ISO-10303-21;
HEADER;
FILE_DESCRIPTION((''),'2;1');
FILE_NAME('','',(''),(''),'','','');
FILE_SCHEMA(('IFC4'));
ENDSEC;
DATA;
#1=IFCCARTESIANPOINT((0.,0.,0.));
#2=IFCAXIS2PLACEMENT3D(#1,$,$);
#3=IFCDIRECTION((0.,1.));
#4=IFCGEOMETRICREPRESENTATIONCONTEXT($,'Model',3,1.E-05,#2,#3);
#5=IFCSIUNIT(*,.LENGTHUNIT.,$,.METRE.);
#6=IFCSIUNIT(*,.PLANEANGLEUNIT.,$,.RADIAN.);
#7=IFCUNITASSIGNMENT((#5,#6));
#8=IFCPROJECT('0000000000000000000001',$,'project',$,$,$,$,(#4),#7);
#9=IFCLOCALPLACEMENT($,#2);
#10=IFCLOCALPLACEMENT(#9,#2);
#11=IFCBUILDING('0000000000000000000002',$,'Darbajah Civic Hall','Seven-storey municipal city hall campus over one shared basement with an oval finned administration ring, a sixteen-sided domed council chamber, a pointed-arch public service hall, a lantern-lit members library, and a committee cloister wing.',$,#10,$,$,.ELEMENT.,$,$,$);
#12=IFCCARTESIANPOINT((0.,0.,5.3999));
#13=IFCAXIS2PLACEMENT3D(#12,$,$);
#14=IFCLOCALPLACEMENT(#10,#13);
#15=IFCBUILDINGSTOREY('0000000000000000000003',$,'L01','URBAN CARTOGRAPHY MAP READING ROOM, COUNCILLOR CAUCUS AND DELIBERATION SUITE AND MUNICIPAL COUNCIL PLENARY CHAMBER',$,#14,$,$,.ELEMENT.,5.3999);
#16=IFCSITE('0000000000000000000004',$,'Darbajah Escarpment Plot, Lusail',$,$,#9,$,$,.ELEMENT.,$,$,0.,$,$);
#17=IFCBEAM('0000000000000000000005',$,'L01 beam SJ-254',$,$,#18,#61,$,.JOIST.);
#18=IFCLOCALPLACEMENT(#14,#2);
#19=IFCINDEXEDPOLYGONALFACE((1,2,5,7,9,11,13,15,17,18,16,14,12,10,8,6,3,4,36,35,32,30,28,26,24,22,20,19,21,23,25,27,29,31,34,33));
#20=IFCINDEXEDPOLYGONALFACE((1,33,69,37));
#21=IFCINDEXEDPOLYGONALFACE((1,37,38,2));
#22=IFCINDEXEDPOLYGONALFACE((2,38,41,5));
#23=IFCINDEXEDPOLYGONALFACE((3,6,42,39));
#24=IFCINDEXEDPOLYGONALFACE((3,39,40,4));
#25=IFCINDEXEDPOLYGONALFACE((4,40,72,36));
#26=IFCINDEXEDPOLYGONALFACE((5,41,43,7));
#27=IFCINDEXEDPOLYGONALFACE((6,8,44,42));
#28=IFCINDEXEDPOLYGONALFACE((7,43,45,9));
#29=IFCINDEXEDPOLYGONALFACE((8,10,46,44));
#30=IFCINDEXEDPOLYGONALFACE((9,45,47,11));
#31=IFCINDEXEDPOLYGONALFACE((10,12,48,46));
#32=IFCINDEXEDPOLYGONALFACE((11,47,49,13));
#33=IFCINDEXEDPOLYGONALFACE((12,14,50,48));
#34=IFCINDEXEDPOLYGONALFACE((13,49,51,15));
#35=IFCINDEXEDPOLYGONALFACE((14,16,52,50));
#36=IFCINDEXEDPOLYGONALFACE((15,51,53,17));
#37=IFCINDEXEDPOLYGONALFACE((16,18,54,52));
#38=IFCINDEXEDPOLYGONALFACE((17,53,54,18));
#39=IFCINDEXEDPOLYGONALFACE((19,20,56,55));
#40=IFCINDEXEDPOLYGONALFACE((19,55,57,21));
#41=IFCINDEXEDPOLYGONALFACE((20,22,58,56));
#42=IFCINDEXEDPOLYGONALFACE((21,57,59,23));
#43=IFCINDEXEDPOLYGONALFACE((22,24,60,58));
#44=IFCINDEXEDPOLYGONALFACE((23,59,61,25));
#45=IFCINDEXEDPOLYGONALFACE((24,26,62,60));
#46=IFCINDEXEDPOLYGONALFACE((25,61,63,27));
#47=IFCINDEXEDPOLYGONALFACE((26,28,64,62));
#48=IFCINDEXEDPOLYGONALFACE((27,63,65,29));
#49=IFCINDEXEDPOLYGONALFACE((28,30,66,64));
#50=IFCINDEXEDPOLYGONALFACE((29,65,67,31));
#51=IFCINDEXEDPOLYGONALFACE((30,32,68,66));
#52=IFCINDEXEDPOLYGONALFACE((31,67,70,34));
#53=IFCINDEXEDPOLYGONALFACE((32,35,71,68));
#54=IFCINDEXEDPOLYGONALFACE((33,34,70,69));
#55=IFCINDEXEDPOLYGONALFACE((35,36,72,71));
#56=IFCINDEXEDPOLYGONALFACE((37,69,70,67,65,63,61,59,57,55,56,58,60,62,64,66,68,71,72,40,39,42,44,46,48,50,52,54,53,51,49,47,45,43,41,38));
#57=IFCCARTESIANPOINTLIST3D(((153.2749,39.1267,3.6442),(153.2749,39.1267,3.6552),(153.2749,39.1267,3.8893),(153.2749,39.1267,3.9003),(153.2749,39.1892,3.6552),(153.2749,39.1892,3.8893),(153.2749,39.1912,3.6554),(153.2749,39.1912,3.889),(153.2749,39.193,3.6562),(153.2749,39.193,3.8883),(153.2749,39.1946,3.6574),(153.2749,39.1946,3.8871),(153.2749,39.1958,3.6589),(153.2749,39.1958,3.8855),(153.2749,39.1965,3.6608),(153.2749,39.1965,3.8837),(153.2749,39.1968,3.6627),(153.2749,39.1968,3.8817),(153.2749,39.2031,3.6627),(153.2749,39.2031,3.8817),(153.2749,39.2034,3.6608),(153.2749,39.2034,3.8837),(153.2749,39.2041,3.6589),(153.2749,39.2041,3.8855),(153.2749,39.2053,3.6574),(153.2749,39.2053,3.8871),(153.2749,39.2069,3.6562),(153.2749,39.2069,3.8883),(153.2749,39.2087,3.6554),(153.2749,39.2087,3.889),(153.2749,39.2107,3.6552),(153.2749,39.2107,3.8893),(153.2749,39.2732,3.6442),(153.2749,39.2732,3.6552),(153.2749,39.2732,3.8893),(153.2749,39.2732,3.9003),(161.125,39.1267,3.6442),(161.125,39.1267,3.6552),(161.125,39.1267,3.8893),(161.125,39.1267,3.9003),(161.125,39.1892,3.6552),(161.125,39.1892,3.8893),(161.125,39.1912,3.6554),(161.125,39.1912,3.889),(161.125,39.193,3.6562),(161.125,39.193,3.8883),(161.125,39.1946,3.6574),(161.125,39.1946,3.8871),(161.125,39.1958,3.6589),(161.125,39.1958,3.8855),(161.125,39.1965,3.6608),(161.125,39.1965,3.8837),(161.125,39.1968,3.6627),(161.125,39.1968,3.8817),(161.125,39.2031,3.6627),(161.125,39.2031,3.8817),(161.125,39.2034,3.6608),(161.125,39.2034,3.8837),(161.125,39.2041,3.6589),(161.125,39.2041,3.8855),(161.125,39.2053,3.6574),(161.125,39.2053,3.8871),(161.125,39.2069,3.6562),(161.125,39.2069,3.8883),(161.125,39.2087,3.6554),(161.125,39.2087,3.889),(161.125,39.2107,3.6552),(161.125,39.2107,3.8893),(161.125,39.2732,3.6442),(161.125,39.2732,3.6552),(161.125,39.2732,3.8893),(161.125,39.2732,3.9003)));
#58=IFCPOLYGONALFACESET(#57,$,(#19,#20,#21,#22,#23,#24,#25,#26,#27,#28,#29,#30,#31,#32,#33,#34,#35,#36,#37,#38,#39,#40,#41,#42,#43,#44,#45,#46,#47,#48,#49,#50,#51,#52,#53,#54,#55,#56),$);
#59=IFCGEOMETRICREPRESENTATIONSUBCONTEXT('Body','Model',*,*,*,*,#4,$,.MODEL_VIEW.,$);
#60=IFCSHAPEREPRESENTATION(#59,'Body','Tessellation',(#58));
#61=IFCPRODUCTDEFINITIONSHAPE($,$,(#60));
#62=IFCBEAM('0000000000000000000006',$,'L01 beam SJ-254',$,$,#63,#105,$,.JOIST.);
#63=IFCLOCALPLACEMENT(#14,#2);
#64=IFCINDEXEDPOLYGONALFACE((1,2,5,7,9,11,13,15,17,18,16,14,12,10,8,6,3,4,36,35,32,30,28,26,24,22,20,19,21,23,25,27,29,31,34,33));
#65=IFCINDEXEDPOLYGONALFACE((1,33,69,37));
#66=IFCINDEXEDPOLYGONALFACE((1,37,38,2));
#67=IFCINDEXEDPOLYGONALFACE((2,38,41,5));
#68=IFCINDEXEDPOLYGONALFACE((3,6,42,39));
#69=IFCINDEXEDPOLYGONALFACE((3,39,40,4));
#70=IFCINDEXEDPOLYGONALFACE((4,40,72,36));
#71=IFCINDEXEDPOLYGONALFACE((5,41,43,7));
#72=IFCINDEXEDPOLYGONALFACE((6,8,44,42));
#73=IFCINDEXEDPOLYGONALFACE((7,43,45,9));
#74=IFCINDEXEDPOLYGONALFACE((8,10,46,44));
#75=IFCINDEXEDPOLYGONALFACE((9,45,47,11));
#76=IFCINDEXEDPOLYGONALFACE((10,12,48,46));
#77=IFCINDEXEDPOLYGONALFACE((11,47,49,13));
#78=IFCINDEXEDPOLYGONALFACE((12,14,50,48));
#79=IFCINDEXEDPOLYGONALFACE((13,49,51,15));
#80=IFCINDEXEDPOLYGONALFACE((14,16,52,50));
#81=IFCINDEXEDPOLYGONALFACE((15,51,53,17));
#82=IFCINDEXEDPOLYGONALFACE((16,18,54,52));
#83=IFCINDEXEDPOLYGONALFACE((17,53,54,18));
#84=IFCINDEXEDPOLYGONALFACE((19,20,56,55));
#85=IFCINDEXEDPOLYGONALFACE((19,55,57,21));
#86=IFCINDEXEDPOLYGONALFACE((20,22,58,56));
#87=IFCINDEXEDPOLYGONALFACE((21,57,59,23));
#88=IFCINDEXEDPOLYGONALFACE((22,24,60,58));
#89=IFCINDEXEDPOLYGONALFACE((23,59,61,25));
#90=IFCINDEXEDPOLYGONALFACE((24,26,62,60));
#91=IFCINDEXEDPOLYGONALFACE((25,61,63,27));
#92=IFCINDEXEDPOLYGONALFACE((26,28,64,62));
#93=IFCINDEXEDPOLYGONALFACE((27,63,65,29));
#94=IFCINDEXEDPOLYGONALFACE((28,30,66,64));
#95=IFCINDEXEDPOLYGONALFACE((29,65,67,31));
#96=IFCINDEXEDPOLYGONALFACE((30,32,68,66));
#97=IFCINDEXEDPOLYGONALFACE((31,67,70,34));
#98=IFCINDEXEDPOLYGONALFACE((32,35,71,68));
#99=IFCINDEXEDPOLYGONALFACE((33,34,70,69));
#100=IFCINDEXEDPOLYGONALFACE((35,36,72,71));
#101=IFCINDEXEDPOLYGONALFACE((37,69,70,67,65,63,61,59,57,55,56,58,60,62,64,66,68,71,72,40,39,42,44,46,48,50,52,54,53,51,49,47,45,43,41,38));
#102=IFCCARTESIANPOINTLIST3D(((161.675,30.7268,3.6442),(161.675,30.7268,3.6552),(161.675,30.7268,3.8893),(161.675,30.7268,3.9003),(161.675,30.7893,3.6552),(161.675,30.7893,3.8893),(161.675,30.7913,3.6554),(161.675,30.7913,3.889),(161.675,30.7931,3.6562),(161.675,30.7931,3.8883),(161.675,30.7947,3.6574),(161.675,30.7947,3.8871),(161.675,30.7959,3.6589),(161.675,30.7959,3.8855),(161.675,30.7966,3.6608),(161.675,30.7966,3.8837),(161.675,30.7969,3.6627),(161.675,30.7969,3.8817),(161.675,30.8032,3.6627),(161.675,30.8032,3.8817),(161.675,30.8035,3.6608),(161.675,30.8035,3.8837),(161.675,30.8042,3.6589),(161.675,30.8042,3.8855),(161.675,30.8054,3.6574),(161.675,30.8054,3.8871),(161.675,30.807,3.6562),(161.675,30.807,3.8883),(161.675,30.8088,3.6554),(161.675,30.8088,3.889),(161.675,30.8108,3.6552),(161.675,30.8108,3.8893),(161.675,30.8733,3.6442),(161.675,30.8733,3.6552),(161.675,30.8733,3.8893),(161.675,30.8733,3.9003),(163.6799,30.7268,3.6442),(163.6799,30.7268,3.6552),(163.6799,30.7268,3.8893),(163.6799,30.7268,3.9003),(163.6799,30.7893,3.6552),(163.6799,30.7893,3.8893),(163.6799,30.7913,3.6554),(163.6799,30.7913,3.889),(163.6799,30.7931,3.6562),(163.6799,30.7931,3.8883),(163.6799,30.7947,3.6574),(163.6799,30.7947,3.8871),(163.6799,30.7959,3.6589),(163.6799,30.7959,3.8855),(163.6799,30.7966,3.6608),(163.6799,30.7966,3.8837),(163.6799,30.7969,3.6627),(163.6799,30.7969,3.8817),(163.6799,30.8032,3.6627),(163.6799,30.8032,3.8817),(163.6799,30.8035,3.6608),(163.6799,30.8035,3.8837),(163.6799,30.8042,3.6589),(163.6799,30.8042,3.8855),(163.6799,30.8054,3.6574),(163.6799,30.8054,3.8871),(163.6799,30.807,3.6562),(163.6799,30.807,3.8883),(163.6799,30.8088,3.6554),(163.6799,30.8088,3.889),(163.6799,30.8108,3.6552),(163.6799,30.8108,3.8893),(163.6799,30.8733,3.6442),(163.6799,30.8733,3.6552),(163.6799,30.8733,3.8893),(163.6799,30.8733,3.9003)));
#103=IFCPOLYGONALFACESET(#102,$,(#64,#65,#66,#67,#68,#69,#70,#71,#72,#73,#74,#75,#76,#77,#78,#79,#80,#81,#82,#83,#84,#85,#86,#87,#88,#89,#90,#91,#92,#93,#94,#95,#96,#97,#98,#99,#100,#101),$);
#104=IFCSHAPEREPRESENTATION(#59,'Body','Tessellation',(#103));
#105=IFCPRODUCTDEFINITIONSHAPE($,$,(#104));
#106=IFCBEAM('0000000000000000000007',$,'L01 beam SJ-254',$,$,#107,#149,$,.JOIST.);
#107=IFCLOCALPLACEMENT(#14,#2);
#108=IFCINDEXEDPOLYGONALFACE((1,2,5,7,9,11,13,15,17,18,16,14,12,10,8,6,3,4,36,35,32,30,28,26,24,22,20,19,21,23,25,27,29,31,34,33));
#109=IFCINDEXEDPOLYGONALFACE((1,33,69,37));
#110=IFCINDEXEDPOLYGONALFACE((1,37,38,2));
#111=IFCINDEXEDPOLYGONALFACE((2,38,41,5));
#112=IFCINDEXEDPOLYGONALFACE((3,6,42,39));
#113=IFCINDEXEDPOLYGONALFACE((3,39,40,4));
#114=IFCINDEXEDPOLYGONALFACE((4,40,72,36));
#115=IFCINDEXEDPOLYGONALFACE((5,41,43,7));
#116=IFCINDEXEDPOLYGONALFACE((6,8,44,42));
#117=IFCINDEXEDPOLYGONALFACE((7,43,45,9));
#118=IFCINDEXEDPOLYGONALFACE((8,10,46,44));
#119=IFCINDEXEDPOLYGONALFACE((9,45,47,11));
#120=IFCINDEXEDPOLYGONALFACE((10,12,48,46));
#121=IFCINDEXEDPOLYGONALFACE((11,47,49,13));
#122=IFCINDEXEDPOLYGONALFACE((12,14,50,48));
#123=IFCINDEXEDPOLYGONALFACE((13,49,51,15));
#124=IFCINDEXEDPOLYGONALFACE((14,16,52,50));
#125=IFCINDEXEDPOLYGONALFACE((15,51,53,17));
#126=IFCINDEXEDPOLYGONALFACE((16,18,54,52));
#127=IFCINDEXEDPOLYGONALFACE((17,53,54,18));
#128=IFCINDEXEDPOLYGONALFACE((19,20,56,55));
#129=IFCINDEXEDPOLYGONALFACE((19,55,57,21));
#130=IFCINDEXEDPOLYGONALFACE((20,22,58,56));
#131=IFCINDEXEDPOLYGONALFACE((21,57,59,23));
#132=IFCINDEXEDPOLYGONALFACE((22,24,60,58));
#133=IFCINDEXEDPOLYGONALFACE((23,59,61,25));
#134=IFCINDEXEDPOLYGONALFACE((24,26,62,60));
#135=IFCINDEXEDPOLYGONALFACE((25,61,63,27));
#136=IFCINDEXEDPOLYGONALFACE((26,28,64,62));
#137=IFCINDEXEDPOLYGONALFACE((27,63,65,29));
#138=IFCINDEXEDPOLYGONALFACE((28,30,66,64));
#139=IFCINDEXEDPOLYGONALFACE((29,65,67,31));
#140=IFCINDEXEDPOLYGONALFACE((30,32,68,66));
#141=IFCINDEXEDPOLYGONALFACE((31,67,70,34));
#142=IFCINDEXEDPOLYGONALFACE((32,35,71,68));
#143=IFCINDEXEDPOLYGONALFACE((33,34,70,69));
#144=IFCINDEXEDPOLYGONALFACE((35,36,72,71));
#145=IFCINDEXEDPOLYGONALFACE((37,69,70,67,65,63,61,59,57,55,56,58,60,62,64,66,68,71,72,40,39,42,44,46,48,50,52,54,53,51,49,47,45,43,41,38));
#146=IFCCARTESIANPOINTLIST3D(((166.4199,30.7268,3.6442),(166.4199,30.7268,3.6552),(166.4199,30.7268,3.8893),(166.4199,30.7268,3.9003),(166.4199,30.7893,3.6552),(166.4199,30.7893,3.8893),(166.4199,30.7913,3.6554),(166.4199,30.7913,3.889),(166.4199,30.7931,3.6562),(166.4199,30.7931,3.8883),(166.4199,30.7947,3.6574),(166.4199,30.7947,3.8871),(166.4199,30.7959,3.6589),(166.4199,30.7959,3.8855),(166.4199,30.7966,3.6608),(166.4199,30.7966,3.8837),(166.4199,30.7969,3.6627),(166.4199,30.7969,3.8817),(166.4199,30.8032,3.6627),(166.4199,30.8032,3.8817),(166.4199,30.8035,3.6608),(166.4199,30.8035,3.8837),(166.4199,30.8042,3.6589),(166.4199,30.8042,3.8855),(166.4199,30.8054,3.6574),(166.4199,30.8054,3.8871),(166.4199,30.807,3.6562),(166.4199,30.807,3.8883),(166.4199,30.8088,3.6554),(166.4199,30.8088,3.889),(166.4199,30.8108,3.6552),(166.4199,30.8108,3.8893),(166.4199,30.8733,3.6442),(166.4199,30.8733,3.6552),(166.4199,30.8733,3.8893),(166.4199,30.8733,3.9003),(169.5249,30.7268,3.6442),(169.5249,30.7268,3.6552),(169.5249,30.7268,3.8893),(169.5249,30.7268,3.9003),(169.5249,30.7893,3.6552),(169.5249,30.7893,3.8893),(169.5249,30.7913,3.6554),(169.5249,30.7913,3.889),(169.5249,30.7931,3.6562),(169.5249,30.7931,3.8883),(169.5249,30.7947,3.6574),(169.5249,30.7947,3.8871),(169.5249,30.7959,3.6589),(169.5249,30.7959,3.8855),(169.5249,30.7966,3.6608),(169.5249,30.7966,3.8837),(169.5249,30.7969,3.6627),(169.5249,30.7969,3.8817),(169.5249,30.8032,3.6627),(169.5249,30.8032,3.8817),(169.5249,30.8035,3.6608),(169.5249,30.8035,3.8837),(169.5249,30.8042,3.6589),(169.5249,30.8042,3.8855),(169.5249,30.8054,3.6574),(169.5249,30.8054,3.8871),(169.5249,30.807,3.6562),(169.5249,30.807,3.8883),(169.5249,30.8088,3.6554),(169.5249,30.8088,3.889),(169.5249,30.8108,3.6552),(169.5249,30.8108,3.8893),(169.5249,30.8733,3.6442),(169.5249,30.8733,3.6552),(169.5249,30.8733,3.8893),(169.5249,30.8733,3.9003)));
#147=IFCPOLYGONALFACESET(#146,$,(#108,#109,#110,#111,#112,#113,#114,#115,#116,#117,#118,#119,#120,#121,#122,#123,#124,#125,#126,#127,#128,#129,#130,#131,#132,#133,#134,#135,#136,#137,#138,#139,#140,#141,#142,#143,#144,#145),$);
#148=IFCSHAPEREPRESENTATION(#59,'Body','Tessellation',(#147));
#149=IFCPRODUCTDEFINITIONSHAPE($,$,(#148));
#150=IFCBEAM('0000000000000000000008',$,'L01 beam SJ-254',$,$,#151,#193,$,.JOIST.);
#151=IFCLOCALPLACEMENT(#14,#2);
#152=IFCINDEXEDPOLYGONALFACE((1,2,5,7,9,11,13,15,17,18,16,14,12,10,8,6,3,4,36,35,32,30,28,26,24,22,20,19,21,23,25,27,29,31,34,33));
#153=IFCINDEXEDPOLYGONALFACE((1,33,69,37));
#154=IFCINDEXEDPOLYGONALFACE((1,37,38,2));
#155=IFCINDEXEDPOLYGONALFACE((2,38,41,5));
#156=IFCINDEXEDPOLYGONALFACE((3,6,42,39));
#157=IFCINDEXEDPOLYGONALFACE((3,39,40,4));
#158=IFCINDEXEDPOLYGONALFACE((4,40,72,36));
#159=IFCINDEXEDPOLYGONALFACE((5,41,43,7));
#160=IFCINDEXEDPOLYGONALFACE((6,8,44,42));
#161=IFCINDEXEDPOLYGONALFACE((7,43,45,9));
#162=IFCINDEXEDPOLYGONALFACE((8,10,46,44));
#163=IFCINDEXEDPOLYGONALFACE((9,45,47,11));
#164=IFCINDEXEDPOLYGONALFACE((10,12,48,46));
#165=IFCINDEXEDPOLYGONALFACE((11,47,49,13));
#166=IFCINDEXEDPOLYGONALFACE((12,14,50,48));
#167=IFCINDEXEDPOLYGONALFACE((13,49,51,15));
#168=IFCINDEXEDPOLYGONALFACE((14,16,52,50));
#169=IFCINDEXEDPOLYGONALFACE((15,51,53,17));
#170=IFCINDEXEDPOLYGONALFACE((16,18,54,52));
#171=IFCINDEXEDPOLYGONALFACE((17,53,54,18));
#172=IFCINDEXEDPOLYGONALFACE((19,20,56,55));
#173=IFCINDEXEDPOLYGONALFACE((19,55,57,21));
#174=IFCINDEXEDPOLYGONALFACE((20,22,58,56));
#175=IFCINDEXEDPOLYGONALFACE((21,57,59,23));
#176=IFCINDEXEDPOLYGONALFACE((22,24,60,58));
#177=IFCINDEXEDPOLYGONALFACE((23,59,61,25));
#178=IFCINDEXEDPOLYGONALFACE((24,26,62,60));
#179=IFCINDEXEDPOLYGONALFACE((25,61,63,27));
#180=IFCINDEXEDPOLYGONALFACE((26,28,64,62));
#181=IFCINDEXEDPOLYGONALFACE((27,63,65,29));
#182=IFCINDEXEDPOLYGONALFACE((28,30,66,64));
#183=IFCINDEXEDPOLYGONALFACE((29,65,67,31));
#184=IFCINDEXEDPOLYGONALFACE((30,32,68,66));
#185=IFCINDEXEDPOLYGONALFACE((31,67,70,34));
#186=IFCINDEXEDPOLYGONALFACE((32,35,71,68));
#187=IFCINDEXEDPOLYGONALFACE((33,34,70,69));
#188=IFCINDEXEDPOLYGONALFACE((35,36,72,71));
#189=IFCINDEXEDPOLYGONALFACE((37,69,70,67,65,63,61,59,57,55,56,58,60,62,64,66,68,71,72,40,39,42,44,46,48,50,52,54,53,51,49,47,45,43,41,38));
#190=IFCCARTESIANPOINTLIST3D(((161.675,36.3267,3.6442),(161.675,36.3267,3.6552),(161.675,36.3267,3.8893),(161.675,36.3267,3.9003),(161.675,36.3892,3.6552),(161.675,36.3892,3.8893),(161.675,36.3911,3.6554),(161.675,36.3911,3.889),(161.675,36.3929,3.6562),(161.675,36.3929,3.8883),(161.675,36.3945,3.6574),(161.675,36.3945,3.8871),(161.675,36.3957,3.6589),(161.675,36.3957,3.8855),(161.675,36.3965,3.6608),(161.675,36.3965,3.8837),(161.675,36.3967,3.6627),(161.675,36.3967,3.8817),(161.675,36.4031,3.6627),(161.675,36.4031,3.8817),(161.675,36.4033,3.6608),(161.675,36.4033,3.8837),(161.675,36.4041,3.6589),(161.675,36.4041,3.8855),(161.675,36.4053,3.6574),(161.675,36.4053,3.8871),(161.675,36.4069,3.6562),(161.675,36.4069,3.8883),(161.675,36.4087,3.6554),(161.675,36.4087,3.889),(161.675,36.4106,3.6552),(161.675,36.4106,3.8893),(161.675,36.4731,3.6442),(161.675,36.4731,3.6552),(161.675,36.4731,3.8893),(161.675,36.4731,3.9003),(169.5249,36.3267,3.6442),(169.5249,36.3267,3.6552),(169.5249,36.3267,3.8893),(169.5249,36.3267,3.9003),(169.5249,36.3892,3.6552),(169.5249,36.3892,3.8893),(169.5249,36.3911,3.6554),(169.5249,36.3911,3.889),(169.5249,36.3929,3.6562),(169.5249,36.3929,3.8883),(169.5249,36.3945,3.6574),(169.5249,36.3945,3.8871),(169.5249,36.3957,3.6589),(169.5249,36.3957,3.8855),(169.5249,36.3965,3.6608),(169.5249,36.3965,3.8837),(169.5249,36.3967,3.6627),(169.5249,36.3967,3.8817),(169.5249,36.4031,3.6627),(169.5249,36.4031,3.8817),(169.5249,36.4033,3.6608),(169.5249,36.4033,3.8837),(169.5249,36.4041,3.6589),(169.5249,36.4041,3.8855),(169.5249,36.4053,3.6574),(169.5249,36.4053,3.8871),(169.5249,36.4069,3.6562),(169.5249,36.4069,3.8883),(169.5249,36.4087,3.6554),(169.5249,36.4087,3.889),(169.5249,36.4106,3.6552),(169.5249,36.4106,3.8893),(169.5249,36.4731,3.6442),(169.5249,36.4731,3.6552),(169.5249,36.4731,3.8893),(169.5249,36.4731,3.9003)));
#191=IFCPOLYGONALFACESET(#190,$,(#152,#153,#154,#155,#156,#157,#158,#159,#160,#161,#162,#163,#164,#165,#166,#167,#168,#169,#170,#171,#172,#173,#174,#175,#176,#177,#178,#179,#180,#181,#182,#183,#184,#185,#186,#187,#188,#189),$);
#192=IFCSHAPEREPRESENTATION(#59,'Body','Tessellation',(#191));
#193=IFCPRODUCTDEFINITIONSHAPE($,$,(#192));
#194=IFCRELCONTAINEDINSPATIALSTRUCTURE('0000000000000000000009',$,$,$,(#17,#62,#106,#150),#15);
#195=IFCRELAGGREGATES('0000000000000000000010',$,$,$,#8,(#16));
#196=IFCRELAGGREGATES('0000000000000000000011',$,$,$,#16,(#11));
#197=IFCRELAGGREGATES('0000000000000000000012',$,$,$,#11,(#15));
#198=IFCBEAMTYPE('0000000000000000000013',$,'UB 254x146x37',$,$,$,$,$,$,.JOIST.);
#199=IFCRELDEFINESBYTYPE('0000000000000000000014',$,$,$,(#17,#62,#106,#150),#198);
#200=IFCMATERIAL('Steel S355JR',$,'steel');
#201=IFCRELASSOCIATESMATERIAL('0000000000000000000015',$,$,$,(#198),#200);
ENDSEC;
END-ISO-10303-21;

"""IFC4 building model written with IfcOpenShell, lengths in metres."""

from ifc_helpers import new_model, si_unit, direction, frame, origin, origin_2d, place, context, subcontext, project, spatial, i_section, extrude, material, material_profile, profile_set, type_object, element, save


model = new_model("IFC4")

# Units and contexts
model_context = context("Model", 3, precision=1e-05, world=origin(), true_north=direction((0.0, 1.0)))
body_context = subcontext(model_context, "Body", "Model", "MODEL_VIEW")
ifc_project = project(units=[si_unit("LENGTHUNIT", "METRE"), si_unit("PLANEANGLEUNIT", "RADIAN")], contexts=[model_context])

# Site, building, storey
site_placement = place(None, origin())
site = spatial("IfcSite", under=ifc_project, at=site_placement, Name="Darbajah Escarpment Plot, Lusail", CompositionType="ELEMENT", RefElevation=0.0)
building_placement = place(site_placement, origin())
building = spatial("IfcBuilding", under=site, at=building_placement, Name="Darbajah Civic Hall", Description="Seven-storey municipal city hall campus over one shared basement with an oval finned administration ring, a sixteen-sided domed council chamber, a pointed-arch public service hall, a lantern-lit members library, and a committee cloister wing.", CompositionType="ELEMENT")
storey_placement = place(building_placement, frame((0.0, 0.0, 5.3999)))
storey = spatial("IfcBuildingStorey", under=building, at=storey_placement, Name="L01", Description="URBAN CARTOGRAPHY MAP READING ROOM, COUNCILLOR CAUCUS AND DELIBERATION SUITE AND MUNICIPAL COUNCIL PLENARY CHAMBER", CompositionType="ELEMENT", Elevation=5.3999)

# Beams
ifc_material_1 = material(Name="Steel S355JR", Category="steel")
ifc_material_profile_1 = material_profile(ifc_material_1, i_section(OverallWidth=0.1465, OverallDepth=0.2561, WebThickness=0.0063, FlangeThickness=0.011, FilletRadius=0.0076, at=origin_2d()), Name="UB 254x146x37")
ifc_profile_set_1 = profile_set([ifc_material_profile_1], Name="Steel S355JR")
beam_type_1 = type_object("IfcBeamType", Name="UB 254x146x37", PredefinedType="JOIST", material=ifc_profile_set_1)
for number, where, z_axis, x_axis, name in (
    (1, (153.2749, 39.2, 3.7722), (1.0, 0.0, 0.0), (0.0, 1.0, 0.0), "L01 beam SJ-254"),
):
    element("IfcBeam", number, at=place(storey_placement, frame(where, z_axis=z_axis, x_axis=x_axis)), inside=storey, type_object=beam_type_1, Name=name, PredefinedType="JOIST", context=body_context, shape_type="SweptSolid", body=[
        extrude(i_section(OverallWidth=0.1465, OverallDepth=0.2561, WebThickness=0.0063, FlangeThickness=0.011, FilletRadius=0.0076, at=origin_2d()), origin(), (0.0, 0.0, 1.0), 7.8501),
    ])
beam_1_placement = place(storey_placement, frame((161.675, 30.8, 3.7722), z_axis=(1.0, 0.0, 0.0), x_axis=(0.0, 1.0, 0.0)))
element("IfcBeam", 2, at=beam_1_placement, inside=storey, type_object=beam_type_1, Name="L01 beam SJ-254", PredefinedType="JOIST", context=body_context, shape_type="SweptSolid", body=[
    extrude(i_section(OverallWidth=0.1465, OverallDepth=0.2561, WebThickness=0.0063, FlangeThickness=0.011, FilletRadius=0.0076, at=origin_2d()), origin(), (0.0, 0.0, 1.0), 2.0049),
])
beam_2_placement = place(storey_placement, frame((166.4199, 30.8, 3.7722), z_axis=(1.0, 0.0, 0.0), x_axis=(0.0, 1.0, 0.0)))
element("IfcBeam", 3, at=beam_2_placement, inside=storey, type_object=beam_type_1, Name="L01 beam SJ-254", PredefinedType="JOIST", context=body_context, shape_type="SweptSolid", body=[
    extrude(i_section(OverallWidth=0.1465, OverallDepth=0.2561, WebThickness=0.0063, FlangeThickness=0.011, FilletRadius=0.0076, at=origin_2d()), origin(), (0.0, 0.0, 1.0), 3.105),
])
for number, where, z_axis, x_axis, name in (
    (4, (161.675, 36.3999, 3.7722), (1.0, 0.0, 0.0), (0.0, 1.0, 0.0), "L01 beam SJ-254"),
):
    element("IfcBeam", number, at=place(storey_placement, frame(where, z_axis=z_axis, x_axis=x_axis)), inside=storey, type_object=beam_type_1, Name=name, PredefinedType="JOIST", context=body_context, shape_type="SweptSolid", body=[
        extrude(i_section(OverallWidth=0.1465, OverallDepth=0.2561, WebThickness=0.0063, FlangeThickness=0.011, FilletRadius=0.0076, at=origin_2d()), origin(), (0.0, 0.0, 1.0), 7.8499),
    ])

save(model, "model.ifc")
